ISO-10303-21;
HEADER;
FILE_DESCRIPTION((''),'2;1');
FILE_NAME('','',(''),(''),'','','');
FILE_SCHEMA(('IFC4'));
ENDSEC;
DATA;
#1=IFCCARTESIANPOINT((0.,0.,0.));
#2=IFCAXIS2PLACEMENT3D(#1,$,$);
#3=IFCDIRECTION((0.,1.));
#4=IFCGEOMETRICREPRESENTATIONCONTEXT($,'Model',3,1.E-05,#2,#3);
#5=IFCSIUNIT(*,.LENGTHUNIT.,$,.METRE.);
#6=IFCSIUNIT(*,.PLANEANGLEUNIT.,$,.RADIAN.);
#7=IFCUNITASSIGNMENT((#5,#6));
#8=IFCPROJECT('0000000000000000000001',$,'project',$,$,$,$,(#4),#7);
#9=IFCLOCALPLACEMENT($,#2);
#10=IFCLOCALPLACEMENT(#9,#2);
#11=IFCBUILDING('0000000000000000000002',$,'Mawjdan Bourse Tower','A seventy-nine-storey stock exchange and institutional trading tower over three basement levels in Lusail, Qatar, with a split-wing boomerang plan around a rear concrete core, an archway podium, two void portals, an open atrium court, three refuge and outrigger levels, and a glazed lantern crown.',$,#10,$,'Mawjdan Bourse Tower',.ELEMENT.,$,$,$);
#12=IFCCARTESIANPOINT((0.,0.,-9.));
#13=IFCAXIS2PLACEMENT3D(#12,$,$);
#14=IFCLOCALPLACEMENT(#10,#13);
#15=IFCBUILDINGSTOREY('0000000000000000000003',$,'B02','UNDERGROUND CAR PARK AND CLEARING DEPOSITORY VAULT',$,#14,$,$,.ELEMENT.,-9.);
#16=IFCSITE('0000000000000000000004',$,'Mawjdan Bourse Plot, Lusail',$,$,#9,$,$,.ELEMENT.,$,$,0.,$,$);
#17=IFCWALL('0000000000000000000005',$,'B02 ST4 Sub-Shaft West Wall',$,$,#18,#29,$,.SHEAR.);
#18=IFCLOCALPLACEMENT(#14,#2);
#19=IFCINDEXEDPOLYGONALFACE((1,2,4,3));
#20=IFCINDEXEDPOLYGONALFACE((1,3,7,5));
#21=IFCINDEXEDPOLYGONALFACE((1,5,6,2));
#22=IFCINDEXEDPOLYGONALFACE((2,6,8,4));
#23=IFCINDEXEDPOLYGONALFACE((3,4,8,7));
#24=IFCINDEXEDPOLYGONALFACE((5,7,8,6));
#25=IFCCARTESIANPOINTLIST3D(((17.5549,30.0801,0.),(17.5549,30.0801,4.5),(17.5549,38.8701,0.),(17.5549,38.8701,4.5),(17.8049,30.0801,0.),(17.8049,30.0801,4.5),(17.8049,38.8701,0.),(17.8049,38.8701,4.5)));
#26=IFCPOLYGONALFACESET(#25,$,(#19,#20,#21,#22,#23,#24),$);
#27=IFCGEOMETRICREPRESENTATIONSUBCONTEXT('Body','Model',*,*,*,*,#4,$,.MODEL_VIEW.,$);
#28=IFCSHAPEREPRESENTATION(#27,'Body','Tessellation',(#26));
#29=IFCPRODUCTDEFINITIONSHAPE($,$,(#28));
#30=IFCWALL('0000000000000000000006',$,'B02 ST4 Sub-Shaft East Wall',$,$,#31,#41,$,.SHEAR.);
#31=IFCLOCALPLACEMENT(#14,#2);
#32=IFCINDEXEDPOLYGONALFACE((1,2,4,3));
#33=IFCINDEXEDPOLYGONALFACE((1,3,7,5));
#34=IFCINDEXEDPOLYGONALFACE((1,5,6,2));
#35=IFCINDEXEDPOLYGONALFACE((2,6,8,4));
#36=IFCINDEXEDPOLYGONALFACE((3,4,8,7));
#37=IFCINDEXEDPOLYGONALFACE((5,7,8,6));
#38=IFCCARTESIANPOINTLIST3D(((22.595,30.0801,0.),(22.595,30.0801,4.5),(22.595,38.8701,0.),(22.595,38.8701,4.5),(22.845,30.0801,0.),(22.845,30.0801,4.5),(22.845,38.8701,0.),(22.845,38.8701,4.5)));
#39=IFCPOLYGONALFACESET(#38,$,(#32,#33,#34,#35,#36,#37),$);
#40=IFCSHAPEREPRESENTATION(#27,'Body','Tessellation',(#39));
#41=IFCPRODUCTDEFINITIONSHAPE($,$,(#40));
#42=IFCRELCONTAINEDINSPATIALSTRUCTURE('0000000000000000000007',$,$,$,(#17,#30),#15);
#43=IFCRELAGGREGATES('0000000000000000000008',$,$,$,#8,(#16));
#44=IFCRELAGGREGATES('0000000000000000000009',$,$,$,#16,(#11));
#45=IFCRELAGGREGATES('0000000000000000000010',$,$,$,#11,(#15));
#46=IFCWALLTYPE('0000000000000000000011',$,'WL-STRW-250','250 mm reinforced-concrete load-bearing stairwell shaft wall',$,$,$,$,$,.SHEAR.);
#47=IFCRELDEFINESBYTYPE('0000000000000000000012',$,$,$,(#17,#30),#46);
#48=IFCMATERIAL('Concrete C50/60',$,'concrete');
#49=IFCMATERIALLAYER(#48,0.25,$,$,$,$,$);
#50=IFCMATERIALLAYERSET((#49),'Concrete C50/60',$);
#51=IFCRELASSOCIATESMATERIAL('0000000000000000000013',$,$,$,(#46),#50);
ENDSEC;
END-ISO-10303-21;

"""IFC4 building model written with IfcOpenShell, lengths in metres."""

from ifc_helpers import new_model, si_unit, direction, frame, frame_2d, origin, place, context, subcontext, project, spatial, rectangle, extrude, material, layer, layer_set, type_object, element, save


model = new_model("IFC4")

# Units and contexts
model_context = context("Model", 3, precision=1e-05, world=origin(), true_north=direction((0.0, 1.0)))
body_context = subcontext(model_context, "Body", "Model", "MODEL_VIEW")
ifc_project = project(units=[si_unit("LENGTHUNIT", "METRE"), si_unit("PLANEANGLEUNIT", "RADIAN")], contexts=[model_context])

# Site, building, storey
site_placement = place(None, origin())
site = spatial("IfcSite", under=ifc_project, at=site_placement, Name="Mawjdan Bourse Plot, Lusail", CompositionType="ELEMENT", RefElevation=0.0)
building_placement = place(site_placement, origin())
building = spatial("IfcBuilding", under=site, at=building_placement, Name="Mawjdan Bourse Tower", Description="A seventy-nine-storey stock exchange and institutional trading tower over three basement levels in Lusail, Qatar, with a split-wing boomerang plan around a rear concrete core, an archway podium, two void portals, an open atrium court, three refuge and outrigger levels, and a glazed lantern crown.", LongName="Mawjdan Bourse Tower", CompositionType="ELEMENT")
storey_placement = place(building_placement, frame((0.0, 0.0, -9.0)))
storey = spatial("IfcBuildingStorey", under=building, at=storey_placement, Name="B02", Description="UNDERGROUND CAR PARK AND CLEARING DEPOSITORY VAULT", CompositionType="ELEMENT", Elevation=-9.0)

# Shared definitions
ifc_material_1 = material(Name="Concrete C50/60", Category="concrete")
ifc_layer = layer(ifc_material_1, 0.25)
ifc_layer_set = layer_set([ifc_layer], Name="Concrete C50/60")
wall_type = type_object("IfcWallType", Name="WL-STRW-250", Description="250 mm reinforced-concrete load-bearing stairwell shaft wall", PredefinedType="SHEAR", material=ifc_layer_set)

# Walls
for number, where, z_axis, x_axis, name in (
    (1, (17.6799, 30.0801, 0.0), (0.0, 0.0, 1.0), (0.0, 1.0, 0.0), "B02 ST4 Sub-Shaft West Wall"),
    (2, (22.72, 30.0801, 0.0), (0.0, 0.0, 1.0), (0.0, 1.0, 0.0), "B02 ST4 Sub-Shaft East Wall"),
):
    element("IfcWall", number, at=place(storey_placement, frame(where, z_axis=z_axis, x_axis=x_axis)), inside=storey, type_object=wall_type, Name=name, PredefinedType="SHEAR", context=body_context, shape_type="SweptSolid", body=[
        extrude(rectangle(XDim=8.79, YDim=0.25, at=frame_2d((4.395, 0.0))), origin(), (0.0, 0.0, 1.0), 4.5),
    ])

save(model, "model.ifc")
